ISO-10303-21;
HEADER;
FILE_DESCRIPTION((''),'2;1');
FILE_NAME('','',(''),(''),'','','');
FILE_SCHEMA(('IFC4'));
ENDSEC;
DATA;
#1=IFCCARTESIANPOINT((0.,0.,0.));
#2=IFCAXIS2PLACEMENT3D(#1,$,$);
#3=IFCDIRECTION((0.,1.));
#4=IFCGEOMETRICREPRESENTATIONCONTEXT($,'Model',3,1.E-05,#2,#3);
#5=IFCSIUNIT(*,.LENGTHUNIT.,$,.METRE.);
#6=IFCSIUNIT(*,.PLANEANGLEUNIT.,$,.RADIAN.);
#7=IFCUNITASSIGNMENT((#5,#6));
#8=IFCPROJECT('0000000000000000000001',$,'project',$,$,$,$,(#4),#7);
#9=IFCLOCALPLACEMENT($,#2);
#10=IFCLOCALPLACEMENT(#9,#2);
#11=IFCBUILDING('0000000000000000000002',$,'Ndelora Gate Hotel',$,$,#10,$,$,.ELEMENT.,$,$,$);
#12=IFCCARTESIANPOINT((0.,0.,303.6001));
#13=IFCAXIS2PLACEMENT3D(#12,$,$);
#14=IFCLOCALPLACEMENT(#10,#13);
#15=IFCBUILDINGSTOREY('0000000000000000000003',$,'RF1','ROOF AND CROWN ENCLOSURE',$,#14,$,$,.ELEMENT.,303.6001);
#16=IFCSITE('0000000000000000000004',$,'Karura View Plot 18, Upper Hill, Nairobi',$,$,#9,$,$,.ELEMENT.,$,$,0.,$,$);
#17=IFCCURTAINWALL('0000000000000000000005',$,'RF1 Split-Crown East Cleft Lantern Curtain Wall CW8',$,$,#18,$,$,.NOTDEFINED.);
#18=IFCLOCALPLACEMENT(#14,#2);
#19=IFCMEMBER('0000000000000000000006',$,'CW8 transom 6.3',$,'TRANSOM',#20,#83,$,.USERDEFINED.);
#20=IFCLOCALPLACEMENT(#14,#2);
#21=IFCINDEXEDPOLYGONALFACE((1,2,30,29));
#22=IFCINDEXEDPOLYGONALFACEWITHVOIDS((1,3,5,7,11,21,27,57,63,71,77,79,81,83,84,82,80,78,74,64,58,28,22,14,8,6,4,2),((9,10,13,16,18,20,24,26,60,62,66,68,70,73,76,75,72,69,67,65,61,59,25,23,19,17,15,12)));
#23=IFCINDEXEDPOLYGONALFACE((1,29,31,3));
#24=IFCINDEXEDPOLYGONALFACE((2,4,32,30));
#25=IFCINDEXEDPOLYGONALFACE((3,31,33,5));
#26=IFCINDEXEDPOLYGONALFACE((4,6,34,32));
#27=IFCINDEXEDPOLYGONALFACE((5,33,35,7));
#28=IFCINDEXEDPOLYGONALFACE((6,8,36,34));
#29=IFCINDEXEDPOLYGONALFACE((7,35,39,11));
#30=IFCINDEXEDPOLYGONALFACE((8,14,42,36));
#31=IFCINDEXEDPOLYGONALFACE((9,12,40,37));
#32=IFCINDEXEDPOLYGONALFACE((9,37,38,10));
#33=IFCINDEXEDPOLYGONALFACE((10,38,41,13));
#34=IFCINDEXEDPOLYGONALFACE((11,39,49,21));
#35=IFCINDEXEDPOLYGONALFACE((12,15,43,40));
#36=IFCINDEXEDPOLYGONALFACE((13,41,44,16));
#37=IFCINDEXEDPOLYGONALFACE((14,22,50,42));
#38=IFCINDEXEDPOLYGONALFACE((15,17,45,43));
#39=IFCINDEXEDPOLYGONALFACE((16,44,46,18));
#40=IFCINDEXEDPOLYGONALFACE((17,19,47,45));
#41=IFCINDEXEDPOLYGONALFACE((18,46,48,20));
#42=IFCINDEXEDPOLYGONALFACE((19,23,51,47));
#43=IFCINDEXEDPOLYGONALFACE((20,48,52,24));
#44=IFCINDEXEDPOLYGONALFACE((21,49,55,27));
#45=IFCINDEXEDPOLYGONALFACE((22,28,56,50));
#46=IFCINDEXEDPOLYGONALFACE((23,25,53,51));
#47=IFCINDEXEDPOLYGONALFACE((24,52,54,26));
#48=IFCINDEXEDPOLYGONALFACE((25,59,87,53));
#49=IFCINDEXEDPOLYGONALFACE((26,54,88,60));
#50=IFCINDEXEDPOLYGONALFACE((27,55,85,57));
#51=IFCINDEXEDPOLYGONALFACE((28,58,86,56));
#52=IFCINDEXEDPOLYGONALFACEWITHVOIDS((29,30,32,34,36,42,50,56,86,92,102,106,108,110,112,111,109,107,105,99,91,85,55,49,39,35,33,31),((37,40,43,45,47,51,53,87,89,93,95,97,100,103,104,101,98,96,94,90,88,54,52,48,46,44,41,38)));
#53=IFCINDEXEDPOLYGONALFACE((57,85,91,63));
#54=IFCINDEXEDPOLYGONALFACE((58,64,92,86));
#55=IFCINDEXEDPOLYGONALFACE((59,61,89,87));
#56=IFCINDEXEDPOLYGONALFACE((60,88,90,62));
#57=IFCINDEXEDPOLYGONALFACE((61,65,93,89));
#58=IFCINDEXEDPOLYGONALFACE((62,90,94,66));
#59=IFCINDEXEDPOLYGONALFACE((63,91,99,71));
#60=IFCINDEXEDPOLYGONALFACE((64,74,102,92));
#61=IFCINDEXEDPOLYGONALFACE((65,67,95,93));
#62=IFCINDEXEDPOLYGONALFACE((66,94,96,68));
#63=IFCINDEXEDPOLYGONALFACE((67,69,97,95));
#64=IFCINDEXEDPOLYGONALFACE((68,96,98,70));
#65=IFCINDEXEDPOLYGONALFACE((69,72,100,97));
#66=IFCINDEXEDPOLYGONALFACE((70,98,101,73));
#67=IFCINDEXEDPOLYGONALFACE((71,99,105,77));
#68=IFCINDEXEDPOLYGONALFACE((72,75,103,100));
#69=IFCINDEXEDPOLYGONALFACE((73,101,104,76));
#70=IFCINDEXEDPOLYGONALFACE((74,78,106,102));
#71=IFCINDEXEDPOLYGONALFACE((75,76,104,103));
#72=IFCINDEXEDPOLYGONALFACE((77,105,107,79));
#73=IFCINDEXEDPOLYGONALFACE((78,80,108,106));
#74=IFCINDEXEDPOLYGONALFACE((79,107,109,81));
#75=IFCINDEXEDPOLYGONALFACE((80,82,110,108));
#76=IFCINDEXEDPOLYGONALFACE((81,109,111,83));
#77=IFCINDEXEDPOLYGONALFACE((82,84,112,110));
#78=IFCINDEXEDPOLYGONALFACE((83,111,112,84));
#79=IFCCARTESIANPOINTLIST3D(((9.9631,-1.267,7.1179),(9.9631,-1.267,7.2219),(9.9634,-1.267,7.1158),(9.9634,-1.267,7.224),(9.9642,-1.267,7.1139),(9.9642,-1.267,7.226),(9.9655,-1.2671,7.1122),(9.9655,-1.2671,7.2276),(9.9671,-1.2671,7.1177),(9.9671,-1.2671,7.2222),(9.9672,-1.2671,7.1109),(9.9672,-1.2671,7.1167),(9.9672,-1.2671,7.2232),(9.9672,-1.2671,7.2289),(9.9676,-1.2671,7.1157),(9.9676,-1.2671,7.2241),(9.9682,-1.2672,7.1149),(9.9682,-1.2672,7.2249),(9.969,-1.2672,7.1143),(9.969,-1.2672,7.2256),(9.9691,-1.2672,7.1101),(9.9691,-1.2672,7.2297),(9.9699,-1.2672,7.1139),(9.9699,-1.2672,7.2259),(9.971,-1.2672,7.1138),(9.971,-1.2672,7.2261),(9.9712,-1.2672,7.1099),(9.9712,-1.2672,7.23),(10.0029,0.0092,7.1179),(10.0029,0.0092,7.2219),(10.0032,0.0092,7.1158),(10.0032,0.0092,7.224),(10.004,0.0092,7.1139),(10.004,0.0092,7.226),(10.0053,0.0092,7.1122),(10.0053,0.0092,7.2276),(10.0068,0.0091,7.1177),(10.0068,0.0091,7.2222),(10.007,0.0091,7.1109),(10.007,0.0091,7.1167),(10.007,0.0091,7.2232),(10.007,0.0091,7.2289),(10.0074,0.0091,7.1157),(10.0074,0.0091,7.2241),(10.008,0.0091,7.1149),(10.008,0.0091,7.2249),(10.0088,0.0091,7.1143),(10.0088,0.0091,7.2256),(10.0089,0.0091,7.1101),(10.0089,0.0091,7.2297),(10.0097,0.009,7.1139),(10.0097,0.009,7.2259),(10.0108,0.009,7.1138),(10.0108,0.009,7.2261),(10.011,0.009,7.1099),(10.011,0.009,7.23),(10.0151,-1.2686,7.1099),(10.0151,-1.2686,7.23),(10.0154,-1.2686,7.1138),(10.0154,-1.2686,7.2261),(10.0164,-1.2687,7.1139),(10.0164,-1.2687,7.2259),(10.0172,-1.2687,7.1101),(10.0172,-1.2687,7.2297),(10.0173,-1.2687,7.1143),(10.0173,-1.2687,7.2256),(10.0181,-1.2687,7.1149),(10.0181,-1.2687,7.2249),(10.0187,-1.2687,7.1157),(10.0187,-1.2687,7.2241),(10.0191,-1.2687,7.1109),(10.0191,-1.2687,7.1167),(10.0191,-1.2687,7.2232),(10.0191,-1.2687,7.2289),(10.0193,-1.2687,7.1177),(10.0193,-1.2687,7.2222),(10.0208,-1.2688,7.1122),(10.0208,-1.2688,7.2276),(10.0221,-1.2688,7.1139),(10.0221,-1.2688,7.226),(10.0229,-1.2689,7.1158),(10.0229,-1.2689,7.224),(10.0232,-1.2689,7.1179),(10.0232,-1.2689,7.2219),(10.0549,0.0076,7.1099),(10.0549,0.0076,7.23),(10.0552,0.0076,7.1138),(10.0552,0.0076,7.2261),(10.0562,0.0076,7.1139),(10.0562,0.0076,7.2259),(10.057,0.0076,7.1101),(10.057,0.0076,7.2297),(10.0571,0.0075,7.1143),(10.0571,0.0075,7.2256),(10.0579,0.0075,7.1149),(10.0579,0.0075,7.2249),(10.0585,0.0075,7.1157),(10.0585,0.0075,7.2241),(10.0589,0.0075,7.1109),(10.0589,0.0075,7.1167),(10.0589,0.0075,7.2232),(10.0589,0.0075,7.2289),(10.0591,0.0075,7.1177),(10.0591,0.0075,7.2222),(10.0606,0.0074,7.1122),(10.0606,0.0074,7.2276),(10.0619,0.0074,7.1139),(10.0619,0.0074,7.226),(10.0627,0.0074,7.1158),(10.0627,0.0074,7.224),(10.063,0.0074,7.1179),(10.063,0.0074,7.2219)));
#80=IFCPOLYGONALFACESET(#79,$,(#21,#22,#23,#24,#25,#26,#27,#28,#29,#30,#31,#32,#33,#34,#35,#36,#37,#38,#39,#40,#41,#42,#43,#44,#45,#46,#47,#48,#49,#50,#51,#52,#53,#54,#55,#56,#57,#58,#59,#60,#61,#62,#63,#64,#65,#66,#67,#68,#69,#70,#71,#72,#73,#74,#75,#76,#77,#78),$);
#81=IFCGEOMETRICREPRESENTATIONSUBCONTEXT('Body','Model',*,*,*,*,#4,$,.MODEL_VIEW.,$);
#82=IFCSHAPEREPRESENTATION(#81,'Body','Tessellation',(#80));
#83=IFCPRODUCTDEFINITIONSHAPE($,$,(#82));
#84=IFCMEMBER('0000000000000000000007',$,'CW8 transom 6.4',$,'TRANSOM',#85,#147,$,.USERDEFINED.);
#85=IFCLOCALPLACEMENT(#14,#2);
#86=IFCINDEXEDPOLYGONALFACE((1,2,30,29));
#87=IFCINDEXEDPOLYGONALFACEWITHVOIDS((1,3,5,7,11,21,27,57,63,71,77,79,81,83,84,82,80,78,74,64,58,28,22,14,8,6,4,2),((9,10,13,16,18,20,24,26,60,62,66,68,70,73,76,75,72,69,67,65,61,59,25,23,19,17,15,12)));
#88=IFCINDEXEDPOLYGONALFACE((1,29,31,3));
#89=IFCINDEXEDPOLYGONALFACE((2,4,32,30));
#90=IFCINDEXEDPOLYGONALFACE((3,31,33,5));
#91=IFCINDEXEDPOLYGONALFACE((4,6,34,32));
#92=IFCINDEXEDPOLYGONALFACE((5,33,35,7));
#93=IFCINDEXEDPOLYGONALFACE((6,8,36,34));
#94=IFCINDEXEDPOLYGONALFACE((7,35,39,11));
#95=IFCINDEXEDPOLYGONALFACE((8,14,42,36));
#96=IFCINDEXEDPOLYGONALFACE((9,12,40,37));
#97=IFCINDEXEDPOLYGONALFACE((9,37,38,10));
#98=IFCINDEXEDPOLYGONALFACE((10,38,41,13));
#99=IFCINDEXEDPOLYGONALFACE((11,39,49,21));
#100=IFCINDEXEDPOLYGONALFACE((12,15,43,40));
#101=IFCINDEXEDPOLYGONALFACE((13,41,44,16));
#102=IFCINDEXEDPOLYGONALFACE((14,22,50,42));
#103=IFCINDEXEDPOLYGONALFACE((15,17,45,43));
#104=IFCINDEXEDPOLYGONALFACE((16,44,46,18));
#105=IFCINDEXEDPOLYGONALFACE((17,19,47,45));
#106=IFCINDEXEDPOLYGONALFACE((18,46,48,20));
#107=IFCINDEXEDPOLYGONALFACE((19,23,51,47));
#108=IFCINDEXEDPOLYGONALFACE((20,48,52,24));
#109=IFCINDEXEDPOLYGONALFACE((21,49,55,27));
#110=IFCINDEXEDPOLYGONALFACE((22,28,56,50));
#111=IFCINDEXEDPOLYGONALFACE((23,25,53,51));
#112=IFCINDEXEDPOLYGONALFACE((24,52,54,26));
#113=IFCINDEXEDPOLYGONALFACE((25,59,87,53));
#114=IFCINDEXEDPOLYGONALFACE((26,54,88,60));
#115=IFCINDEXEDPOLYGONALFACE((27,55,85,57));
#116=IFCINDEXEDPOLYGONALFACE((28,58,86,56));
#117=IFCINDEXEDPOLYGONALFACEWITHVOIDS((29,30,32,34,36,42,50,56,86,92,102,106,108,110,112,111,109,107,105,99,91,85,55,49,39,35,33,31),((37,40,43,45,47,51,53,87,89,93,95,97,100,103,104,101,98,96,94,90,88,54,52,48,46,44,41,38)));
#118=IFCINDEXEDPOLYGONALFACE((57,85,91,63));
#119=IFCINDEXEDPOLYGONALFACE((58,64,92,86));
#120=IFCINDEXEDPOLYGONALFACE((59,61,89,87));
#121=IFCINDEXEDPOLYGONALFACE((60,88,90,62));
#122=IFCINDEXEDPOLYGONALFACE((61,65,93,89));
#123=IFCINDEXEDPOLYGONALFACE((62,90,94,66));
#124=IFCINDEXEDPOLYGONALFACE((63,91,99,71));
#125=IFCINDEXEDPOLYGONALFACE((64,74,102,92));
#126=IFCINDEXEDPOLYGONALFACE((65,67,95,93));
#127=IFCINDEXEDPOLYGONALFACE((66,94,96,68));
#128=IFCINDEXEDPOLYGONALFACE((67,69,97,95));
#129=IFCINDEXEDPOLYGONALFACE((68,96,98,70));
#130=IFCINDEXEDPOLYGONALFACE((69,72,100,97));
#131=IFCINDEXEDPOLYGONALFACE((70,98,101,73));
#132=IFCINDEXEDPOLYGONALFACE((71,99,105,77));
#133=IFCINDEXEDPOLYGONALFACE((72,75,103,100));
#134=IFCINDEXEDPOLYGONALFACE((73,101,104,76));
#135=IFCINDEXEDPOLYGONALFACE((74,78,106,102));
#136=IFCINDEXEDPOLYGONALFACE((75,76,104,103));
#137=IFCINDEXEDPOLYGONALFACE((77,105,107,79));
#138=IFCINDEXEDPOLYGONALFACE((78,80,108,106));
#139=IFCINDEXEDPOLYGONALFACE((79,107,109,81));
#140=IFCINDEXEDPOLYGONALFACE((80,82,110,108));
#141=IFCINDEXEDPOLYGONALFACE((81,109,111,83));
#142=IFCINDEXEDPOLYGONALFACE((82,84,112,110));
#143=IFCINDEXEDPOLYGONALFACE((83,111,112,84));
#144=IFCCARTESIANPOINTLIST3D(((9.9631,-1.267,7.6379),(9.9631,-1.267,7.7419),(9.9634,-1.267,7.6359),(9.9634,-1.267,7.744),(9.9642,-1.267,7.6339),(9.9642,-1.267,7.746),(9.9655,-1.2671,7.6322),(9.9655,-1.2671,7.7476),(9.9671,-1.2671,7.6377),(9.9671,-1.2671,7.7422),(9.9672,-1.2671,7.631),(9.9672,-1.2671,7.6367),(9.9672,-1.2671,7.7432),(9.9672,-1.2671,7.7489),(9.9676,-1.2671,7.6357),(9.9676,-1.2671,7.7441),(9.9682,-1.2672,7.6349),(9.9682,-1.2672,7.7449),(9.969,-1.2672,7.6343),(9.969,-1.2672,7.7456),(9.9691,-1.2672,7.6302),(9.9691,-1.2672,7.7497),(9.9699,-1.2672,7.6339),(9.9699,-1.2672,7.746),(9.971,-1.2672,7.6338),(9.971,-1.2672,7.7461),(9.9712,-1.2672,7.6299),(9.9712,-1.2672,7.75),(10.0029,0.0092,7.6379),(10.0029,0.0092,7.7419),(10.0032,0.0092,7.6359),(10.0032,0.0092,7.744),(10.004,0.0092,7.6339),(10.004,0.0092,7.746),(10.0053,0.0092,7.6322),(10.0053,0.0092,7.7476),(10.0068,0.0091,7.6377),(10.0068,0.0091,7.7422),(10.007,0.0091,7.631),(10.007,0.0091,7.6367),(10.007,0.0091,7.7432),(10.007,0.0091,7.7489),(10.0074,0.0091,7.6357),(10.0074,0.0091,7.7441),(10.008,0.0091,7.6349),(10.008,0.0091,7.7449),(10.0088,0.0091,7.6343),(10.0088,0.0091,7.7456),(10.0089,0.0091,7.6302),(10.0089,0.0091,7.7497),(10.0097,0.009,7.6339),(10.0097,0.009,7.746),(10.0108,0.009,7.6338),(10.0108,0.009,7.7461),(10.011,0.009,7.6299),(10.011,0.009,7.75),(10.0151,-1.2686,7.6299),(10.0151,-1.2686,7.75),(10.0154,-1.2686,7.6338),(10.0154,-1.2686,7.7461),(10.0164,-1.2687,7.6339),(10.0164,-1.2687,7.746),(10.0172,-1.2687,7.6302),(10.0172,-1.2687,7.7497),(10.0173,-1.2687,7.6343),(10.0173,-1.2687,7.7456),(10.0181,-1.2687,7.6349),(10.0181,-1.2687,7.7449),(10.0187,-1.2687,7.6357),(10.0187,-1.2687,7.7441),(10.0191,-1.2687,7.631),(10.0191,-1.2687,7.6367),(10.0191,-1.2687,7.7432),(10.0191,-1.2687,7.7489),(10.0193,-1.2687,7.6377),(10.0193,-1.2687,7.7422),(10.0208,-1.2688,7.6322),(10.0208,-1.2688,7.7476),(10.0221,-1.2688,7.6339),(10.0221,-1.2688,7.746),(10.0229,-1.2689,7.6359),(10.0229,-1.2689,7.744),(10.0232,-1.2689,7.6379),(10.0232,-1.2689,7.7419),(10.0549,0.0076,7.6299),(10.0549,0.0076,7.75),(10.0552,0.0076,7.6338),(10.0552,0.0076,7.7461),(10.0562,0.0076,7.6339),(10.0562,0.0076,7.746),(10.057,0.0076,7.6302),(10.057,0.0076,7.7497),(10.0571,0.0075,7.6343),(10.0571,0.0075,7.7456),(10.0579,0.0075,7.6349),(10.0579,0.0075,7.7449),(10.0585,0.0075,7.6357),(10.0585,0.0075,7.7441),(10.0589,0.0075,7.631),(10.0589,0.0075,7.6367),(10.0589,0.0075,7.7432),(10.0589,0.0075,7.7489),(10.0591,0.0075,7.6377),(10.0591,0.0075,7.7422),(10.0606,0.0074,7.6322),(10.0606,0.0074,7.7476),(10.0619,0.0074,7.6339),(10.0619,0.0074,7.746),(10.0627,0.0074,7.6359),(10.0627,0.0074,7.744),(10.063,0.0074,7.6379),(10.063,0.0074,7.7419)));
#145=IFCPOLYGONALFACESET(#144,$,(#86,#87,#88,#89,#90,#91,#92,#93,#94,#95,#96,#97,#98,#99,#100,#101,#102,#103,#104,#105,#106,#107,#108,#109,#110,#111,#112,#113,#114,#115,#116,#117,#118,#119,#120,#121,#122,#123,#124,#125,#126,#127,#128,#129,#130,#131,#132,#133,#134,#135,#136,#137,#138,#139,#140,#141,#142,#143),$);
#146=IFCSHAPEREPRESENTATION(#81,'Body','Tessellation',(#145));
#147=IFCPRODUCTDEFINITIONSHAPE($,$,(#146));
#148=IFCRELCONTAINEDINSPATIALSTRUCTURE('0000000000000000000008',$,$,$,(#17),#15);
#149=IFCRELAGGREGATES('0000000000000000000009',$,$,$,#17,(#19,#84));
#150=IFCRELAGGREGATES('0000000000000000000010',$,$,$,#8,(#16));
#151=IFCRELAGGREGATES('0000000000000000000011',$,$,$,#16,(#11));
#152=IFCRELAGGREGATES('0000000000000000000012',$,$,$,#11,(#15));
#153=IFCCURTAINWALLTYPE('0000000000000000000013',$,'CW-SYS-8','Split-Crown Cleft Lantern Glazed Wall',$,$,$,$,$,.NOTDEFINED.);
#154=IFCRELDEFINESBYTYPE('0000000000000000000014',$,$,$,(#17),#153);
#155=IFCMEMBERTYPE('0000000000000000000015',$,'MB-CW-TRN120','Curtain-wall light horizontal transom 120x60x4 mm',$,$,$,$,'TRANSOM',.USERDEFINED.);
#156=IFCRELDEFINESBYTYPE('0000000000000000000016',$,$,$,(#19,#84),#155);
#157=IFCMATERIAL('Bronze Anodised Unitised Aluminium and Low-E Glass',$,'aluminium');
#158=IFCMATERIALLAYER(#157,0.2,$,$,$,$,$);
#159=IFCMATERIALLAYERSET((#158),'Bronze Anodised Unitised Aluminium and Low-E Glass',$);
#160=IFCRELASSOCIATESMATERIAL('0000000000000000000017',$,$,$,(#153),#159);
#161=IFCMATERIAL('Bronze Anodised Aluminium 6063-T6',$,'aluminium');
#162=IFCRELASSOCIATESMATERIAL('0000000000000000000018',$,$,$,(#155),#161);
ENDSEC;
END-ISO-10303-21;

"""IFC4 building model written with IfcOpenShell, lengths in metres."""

from ifc_helpers import new_model, si_unit, direction, frame, origin, origin_2d, place, context, subcontext, project, spatial, hollow_rectangle, extrude, material, layer, layer_set, material_profile, profile_set, type_object, element, aggregate, save


model = new_model("IFC4")

# Units and contexts
model_context = context("Model", 3, precision=1e-05, world=origin(), true_north=direction((0.0, 1.0)))
body_context = subcontext(model_context, "Body", "Model", "MODEL_VIEW")
ifc_project = project(units=[si_unit("LENGTHUNIT", "METRE"), si_unit("PLANEANGLEUNIT", "RADIAN")], contexts=[model_context])

# Site, building, storey
site_placement = place(None, origin())
site = spatial("IfcSite", under=ifc_project, at=site_placement, Name="Karura View Plot 18, Upper Hill, Nairobi", CompositionType="ELEMENT", RefElevation=0.0)
building_placement = place(site_placement, origin())
building = spatial("IfcBuilding", under=site, at=building_placement, Name="Ndelora Gate Hotel", CompositionType="ELEMENT")
storey_placement = place(building_placement, frame((0.0, 0.0, 303.6001)))
storey = spatial("IfcBuildingStorey", under=building, at=storey_placement, Name="RF1", Description="ROOF AND CROWN ENCLOSURE", CompositionType="ELEMENT", Elevation=303.6001)

# Curtain wall
ifc_material_1 = material(Name="Bronze Anodised Unitised Aluminium and Low-E Glass", Category="aluminium")
ifc_layer_1 = layer(ifc_material_1, 0.2)
ifc_layer_set_1 = layer_set([ifc_layer_1], Name="Bronze Anodised Unitised Aluminium and Low-E Glass")
curtain_wall_type = type_object("IfcCurtainWallType", Name="CW-SYS-8", Description="Split-Crown Cleft Lantern Glazed Wall", PredefinedType="NOTDEFINED", material=ifc_layer_set_1)
ifc_material_2 = material(Name="Bronze Anodised Aluminium 6063-T6", Category="aluminium")
curtain_wall_1_placement = place(storey_placement, origin())
curtain_wall_1 = element("IfcCurtainWall", 1, at=curtain_wall_1_placement, inside=storey, type_object=curtain_wall_type, Name="RF1 Split-Crown East Cleft Lantern Curtain Wall CW8", PredefinedType="NOTDEFINED")

# Members
ifc_material_profile_1 = material_profile(ifc_material_2, hollow_rectangle(XDim=0.0601, YDim=0.1201, WallThickness=0.0039, InnerFilletRadius=0.0039, OuterFilletRadius=0.0081, at=origin_2d()), Name="ALU 120x60x4")
ifc_profile_set_1 = profile_set([ifc_material_profile_1], Name="Bronze Anodised Aluminium 6063-T6")
member_type_1 = type_object("IfcMemberType", Name="MB-CW-TRN120", Description="Curtain-wall light horizontal transom 120x60x4 mm", ElementType="TRANSOM", PredefinedType="USERDEFINED", material=ifc_profile_set_1)
member_1_placement = place(storey_placement, frame((10.033, 0.0083, 7.1699), z_axis=(-0.031169, -0.999514, 0.0), x_axis=(0.999514, -0.031169, 0.0)))
member_1 = element("IfcMember", 2, at=member_1_placement, type_object=member_type_1, Name="CW8 transom 6.3", ObjectType="TRANSOM", PredefinedType="USERDEFINED", context=body_context, shape_type="SweptSolid", body=[
    extrude(hollow_rectangle(XDim=0.0601, YDim=0.1201, WallThickness=0.0039, InnerFilletRadius=0.0039, OuterFilletRadius=0.0081, at=origin_2d()), origin(), (0.0, 0.0, 1.0), 1.2769),
])
member_2_placement = place(storey_placement, frame((10.033, 0.0083, 7.6899), z_axis=(-0.031169, -0.999514, 0.0), x_axis=(0.999514, -0.031169, 0.0)))
member_2 = element("IfcMember", 3, at=member_2_placement, type_object=member_type_1, Name="CW8 transom 6.4", ObjectType="TRANSOM", PredefinedType="USERDEFINED", context=body_context, shape_type="SweptSolid", body=[
    extrude(hollow_rectangle(XDim=0.0601, YDim=0.1201, WallThickness=0.0039, InnerFilletRadius=0.0039, OuterFilletRadius=0.0081, at=origin_2d()), origin(), (0.0, 0.0, 1.0), 1.2769),
])

aggregate(curtain_wall_1, [member_1, member_2])

save(model, "model.ifc")
